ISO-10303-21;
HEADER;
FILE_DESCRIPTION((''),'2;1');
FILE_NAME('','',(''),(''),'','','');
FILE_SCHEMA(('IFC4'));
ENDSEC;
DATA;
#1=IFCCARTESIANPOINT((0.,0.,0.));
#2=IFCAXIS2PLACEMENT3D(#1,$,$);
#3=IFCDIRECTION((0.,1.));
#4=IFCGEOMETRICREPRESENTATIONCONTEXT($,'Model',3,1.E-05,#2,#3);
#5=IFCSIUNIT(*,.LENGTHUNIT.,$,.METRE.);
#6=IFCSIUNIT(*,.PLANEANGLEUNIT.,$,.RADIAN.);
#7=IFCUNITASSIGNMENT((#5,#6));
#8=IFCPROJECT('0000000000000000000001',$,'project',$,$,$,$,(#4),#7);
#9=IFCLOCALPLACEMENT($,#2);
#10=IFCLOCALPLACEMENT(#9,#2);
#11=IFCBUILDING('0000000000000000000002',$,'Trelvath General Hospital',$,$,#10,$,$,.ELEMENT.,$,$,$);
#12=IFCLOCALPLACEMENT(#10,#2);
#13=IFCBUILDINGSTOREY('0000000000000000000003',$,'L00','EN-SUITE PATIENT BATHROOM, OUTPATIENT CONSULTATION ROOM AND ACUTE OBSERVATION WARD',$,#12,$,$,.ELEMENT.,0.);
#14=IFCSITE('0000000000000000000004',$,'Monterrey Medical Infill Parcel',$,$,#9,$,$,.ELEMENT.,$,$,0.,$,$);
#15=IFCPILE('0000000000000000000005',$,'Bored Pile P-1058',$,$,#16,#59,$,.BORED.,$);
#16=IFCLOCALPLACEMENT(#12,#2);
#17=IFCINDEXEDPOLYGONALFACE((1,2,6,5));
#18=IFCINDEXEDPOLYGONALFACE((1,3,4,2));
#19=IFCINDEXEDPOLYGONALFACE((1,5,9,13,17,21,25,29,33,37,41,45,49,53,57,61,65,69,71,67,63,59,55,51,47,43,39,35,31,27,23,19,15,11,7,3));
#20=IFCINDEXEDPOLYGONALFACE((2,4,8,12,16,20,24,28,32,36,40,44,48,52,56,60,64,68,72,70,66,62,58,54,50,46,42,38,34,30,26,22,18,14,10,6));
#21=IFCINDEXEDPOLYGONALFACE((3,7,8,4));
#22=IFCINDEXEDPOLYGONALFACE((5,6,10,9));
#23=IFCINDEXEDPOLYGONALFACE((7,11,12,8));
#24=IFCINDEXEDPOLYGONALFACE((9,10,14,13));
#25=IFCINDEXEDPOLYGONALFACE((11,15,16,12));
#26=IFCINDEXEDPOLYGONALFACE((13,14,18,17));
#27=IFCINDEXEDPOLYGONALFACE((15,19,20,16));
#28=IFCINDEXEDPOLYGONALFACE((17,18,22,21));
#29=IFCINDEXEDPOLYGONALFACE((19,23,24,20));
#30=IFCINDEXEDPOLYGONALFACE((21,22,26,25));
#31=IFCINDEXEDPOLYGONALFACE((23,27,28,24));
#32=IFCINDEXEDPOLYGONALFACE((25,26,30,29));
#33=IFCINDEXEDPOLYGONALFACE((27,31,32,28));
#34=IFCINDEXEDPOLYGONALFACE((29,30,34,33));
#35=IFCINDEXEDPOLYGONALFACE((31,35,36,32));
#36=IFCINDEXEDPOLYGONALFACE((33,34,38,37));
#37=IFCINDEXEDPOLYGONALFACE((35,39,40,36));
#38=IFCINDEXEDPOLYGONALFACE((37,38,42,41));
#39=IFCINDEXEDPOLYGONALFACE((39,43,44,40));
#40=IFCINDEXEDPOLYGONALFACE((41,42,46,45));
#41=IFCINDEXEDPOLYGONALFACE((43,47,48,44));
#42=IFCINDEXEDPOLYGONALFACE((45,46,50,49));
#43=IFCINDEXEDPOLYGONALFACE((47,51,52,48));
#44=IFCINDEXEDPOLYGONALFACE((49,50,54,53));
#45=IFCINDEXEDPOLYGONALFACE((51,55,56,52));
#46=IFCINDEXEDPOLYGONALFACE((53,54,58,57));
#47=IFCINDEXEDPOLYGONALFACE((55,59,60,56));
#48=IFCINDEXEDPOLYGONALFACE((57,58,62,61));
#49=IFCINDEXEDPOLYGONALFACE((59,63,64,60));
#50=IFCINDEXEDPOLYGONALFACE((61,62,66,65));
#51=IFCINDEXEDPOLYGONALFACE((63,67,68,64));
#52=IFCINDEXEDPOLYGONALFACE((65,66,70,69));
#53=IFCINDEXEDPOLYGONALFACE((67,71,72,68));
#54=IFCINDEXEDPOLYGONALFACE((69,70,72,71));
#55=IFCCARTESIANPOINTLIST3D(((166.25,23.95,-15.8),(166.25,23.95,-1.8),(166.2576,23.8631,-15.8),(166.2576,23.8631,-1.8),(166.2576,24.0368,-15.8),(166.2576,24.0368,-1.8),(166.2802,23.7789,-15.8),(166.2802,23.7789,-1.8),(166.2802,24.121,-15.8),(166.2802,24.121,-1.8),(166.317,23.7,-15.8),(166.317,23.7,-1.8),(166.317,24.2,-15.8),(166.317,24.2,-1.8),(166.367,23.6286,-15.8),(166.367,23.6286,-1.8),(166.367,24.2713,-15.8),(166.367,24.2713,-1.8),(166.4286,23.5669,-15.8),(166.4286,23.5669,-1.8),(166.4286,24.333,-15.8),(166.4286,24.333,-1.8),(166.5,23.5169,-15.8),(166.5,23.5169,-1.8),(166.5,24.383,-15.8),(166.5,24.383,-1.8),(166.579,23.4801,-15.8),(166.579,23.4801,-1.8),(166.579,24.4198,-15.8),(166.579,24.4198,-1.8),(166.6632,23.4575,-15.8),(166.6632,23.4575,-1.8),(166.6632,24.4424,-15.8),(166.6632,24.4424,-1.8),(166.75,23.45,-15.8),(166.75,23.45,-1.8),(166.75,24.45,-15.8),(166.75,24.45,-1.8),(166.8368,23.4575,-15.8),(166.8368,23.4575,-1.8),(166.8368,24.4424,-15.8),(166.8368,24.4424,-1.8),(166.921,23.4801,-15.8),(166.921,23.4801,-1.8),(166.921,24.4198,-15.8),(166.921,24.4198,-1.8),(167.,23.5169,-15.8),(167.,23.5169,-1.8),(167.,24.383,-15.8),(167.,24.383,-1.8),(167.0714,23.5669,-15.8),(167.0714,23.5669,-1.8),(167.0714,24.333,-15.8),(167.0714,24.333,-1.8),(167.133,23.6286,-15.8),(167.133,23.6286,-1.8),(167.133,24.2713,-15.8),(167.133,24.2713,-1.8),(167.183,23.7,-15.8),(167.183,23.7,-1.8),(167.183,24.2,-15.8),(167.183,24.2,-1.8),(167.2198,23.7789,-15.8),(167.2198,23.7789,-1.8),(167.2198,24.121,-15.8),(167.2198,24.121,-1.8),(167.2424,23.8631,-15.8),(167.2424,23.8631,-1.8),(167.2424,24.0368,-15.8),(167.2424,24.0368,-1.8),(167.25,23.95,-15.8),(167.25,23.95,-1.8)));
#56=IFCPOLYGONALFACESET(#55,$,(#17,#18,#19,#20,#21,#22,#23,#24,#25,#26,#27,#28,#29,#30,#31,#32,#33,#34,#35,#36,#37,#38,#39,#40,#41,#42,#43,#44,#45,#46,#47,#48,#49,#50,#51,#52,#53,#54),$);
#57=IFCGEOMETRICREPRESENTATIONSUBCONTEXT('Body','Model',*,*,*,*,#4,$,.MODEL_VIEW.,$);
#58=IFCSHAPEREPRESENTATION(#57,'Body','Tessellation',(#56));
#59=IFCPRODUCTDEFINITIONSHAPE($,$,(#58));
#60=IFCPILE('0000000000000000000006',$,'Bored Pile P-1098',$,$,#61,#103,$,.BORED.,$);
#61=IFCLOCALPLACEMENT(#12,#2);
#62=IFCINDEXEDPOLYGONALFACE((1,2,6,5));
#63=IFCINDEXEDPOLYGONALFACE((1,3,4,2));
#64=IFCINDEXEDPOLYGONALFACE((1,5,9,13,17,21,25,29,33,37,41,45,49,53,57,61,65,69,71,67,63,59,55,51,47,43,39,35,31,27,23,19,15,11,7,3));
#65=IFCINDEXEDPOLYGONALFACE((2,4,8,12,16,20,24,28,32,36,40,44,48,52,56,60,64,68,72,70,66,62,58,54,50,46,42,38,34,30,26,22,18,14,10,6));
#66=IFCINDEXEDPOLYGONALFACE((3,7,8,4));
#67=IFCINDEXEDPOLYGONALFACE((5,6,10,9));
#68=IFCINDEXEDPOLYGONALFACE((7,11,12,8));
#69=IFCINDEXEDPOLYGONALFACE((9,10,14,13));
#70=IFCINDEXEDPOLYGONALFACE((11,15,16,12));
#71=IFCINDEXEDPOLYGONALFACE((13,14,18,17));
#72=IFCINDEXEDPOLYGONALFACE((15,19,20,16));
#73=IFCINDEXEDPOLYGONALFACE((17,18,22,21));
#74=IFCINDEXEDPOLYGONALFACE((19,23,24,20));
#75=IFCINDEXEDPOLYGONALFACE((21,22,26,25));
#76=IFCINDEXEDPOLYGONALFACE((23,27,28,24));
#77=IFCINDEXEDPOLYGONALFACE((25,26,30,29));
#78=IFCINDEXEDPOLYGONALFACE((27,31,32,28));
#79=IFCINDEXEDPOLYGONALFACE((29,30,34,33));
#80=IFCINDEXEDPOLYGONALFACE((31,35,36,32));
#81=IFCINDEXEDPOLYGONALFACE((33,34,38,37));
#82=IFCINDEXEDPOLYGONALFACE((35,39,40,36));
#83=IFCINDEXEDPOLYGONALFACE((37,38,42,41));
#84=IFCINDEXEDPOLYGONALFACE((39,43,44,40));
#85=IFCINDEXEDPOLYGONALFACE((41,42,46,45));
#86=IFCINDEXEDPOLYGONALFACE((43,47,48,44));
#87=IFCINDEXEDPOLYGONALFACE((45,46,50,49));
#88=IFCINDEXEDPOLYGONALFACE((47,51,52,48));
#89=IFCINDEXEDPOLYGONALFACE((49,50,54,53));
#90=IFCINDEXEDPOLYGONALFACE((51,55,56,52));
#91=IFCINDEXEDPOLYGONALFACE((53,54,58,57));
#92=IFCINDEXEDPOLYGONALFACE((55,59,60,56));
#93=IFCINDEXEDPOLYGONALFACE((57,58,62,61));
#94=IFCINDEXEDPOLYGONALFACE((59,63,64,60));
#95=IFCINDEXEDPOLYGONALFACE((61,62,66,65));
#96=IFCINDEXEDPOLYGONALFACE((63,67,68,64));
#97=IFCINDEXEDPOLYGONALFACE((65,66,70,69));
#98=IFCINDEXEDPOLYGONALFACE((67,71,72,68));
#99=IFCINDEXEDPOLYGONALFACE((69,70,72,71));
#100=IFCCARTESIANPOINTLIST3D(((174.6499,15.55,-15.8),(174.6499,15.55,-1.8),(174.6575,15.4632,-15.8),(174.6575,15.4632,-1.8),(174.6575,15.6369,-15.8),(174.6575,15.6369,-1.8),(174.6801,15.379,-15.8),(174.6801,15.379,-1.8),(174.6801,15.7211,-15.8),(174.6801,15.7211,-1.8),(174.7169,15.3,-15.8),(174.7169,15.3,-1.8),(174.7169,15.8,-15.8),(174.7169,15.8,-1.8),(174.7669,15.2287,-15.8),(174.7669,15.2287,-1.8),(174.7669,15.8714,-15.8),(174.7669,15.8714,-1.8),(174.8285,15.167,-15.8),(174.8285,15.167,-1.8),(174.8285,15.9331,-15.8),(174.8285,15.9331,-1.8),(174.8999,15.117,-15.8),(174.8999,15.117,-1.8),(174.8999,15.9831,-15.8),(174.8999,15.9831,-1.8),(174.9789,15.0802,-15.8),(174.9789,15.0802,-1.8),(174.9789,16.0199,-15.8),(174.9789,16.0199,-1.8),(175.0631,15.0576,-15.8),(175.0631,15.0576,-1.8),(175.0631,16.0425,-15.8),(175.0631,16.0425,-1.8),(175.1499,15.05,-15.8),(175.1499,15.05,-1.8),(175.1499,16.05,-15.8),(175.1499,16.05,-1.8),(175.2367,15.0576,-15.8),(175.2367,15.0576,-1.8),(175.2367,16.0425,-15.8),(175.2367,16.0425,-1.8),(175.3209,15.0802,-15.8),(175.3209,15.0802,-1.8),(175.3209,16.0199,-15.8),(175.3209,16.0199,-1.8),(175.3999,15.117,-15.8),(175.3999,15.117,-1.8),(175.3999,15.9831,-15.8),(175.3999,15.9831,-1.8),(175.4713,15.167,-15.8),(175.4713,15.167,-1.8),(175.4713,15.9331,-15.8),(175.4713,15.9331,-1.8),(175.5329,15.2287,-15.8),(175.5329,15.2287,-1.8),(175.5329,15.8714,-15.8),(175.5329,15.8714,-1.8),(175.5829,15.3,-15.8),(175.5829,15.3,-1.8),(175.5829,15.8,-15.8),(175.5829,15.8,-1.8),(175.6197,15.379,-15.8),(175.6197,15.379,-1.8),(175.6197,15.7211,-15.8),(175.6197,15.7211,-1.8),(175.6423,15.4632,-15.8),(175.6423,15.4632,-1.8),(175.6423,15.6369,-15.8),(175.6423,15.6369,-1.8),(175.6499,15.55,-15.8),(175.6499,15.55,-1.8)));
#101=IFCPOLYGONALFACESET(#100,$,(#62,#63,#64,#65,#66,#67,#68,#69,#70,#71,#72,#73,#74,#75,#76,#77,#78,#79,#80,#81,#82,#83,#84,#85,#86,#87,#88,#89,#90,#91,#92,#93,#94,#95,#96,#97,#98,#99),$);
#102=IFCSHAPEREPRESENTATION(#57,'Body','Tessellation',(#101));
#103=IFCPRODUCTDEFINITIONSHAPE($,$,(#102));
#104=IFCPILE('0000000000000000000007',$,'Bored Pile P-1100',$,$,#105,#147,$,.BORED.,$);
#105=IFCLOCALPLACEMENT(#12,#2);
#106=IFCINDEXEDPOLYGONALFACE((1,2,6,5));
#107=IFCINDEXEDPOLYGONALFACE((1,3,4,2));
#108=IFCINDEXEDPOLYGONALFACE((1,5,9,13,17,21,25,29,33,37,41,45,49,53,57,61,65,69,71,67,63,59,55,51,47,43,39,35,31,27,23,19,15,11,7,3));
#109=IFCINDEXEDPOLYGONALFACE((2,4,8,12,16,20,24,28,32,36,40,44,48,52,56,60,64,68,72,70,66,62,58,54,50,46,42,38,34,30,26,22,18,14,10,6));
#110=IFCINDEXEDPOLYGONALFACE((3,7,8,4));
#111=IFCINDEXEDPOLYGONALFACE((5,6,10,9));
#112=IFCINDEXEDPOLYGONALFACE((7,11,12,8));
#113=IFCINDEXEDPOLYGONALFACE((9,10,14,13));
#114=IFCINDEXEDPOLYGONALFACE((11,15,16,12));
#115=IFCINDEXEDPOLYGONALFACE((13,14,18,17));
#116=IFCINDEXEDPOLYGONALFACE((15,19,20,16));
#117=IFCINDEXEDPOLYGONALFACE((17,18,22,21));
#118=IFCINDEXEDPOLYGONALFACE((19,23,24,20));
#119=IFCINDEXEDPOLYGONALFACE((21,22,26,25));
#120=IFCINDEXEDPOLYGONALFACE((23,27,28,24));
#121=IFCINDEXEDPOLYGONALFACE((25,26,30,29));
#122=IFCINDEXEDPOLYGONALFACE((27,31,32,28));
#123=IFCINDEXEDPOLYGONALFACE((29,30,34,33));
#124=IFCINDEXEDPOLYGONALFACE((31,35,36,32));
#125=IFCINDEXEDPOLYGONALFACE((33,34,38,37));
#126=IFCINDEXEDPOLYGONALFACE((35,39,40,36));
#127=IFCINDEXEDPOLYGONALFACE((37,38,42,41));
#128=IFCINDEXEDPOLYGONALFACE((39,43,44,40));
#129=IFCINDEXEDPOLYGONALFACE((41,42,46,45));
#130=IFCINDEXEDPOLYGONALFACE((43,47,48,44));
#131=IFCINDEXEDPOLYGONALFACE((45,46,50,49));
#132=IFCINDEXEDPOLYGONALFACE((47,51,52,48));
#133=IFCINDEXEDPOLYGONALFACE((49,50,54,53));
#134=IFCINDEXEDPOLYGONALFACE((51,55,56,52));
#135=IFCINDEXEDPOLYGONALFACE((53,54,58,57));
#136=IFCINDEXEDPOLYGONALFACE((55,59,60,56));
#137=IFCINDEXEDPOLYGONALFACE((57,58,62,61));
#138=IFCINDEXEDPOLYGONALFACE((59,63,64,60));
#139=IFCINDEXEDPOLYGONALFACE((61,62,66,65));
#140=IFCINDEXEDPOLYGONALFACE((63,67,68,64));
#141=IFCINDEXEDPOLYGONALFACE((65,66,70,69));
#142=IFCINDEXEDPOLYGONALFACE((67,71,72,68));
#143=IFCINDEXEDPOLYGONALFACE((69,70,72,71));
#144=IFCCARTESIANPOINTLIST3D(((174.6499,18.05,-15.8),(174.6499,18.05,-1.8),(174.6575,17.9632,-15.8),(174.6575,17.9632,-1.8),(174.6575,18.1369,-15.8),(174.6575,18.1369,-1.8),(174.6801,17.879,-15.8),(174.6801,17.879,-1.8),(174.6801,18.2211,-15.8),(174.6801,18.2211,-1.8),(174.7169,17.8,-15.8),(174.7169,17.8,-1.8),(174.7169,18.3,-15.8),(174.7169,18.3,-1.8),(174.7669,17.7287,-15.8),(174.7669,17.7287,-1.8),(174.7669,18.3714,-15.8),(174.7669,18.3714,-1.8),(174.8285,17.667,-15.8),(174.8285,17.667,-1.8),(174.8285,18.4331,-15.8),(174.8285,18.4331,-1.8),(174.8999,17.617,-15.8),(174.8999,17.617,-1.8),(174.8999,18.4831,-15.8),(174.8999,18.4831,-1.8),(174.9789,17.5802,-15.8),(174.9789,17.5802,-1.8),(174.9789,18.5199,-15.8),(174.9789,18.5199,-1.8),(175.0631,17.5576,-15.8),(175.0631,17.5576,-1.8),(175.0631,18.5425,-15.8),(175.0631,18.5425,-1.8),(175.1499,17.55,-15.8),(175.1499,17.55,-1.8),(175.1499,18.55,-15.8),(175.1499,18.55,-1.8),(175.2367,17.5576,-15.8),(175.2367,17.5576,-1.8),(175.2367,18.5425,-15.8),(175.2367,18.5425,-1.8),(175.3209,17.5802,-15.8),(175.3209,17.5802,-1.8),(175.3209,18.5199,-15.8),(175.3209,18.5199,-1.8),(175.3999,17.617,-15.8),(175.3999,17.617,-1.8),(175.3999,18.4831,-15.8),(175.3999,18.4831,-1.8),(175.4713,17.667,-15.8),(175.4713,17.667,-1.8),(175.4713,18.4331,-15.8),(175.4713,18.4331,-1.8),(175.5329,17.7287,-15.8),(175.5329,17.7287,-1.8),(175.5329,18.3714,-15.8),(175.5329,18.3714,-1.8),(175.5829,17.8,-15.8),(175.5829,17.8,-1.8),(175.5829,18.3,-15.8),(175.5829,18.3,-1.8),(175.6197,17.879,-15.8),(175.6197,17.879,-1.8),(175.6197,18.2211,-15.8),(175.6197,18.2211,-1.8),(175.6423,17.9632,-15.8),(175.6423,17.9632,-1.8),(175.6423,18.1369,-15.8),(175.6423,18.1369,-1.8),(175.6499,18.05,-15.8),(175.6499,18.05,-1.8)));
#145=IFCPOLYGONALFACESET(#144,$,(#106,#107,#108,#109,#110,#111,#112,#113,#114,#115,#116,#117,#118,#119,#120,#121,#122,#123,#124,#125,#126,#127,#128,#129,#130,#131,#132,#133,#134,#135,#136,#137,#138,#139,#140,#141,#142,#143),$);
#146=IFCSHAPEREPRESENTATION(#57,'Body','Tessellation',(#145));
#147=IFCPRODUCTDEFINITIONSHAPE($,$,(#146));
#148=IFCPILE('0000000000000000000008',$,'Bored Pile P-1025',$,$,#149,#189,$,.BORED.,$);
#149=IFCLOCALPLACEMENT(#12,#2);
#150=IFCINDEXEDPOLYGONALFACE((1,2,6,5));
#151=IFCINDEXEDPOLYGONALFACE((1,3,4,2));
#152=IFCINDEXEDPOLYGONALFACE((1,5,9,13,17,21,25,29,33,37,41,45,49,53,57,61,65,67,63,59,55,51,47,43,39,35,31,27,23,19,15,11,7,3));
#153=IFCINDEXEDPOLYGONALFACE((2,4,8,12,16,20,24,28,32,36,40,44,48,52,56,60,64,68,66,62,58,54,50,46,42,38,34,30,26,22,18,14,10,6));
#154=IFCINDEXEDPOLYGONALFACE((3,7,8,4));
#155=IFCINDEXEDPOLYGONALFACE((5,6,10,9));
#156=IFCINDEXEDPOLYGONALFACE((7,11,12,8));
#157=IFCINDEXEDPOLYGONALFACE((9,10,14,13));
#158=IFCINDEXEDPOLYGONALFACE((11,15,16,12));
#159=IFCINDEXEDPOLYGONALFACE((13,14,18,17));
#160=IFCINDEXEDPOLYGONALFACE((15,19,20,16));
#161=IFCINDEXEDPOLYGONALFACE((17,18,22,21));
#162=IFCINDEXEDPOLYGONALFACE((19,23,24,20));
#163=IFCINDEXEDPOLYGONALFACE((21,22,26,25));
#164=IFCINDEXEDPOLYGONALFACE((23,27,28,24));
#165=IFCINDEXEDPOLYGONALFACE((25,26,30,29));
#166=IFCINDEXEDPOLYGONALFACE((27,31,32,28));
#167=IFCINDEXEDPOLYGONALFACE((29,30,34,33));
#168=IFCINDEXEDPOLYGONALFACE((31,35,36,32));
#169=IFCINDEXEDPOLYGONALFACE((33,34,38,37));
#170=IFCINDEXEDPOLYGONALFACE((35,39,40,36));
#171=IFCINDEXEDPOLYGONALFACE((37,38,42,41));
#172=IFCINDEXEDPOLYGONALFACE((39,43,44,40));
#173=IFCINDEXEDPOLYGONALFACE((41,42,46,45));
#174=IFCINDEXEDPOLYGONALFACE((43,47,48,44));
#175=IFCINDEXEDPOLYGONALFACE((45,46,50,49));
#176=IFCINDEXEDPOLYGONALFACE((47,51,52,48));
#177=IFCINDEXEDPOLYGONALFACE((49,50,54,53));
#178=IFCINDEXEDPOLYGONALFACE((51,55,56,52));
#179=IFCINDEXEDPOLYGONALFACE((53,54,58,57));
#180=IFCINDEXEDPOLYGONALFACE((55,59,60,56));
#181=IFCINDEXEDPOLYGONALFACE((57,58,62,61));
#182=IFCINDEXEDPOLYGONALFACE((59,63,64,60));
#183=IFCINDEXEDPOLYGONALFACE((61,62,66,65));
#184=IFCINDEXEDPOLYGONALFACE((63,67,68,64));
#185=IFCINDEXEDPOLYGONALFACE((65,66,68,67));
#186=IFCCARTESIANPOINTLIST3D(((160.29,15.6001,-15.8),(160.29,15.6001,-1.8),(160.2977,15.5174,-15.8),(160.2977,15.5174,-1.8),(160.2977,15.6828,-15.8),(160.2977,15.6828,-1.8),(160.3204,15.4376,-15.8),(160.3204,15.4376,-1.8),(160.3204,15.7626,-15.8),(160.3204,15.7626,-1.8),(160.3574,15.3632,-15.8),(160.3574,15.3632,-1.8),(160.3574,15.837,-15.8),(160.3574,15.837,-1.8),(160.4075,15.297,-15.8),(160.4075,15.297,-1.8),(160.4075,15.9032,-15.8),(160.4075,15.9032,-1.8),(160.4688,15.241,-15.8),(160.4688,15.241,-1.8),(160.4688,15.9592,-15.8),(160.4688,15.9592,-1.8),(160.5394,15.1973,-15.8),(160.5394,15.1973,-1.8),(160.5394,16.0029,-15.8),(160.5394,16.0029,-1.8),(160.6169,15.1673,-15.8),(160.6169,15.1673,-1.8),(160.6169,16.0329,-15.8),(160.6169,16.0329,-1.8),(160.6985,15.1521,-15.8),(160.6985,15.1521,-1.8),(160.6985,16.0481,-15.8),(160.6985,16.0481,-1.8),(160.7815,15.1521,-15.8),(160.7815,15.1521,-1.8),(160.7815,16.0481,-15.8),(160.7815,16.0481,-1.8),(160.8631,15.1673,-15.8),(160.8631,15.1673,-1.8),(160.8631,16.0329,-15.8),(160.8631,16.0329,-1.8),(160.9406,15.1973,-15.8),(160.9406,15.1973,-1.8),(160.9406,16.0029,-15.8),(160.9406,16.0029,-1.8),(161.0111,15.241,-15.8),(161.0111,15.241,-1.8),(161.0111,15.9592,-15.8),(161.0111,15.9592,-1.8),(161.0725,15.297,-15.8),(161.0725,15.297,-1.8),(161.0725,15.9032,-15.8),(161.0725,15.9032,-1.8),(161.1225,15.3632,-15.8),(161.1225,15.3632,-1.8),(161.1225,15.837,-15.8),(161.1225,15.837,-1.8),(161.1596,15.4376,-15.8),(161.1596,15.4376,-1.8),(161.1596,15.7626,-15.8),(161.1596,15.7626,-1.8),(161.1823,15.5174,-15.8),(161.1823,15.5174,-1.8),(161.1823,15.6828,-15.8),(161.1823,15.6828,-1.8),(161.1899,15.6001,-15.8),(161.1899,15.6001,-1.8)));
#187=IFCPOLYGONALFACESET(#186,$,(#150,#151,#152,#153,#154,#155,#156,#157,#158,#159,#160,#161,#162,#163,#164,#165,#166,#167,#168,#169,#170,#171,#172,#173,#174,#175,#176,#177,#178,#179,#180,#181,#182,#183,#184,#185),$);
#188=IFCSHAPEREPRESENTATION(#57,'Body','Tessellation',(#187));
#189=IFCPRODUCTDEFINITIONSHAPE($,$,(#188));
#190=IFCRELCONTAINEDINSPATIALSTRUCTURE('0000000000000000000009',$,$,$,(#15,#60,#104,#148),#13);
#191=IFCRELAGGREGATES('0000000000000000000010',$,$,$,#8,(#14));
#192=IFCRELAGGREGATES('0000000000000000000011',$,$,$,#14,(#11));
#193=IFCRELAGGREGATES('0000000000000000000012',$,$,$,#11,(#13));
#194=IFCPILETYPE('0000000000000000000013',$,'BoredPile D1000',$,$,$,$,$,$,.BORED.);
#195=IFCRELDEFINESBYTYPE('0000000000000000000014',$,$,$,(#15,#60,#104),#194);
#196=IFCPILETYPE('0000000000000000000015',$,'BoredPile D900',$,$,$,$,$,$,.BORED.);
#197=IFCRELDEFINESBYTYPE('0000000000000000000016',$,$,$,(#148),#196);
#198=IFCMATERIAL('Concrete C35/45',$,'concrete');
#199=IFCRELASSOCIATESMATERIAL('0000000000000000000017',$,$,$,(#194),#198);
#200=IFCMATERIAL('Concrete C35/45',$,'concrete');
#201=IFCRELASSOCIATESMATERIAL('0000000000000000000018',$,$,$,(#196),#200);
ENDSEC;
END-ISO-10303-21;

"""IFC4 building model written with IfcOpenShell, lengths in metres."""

from ifc_helpers import new_model, si_unit, direction, frame, origin, origin_2d, place, context, subcontext, project, spatial, circle, extrude, material, material_profile, profile_set, type_object, element, save


model = new_model("IFC4")

# Units and contexts
model_context = context("Model", 3, precision=1e-05, world=origin(), true_north=direction((0.0, 1.0)))
body_context = subcontext(model_context, "Body", "Model", "MODEL_VIEW")
ifc_project = project(units=[si_unit("LENGTHUNIT", "METRE"), si_unit("PLANEANGLEUNIT", "RADIAN")], contexts=[model_context])

# Site, building, storey
site_placement = place(None, origin())
site = spatial("IfcSite", under=ifc_project, at=site_placement, Name="Monterrey Medical Infill Parcel", CompositionType="ELEMENT", RefElevation=0.0)
building_placement = place(site_placement, origin())
building = spatial("IfcBuilding", under=site, at=building_placement, Name="Trelvath General Hospital", CompositionType="ELEMENT")
storey_placement = place(building_placement, origin())
storey = spatial("IfcBuildingStorey", under=building, at=storey_placement, Name="L00", Description="EN-SUITE PATIENT BATHROOM, OUTPATIENT CONSULTATION ROOM AND ACUTE OBSERVATION WARD", CompositionType="ELEMENT", Elevation=0.0)

# Piles
ifc_material_1 = material(Name="Concrete C35/45", Category="concrete")
ifc_material_profile_1 = material_profile(ifc_material_1, circle(Radius=0.5, at=origin_2d()), Name="PILE1000")
ifc_profile_set_1 = profile_set([ifc_material_profile_1], Name="Concrete C35/45")
pile_type_1 = type_object("IfcPileType", Name="BoredPile D1000", PredefinedType="BORED", material=ifc_profile_set_1)
for number, where, z_axis, x_axis, name in (
    (1, (166.75, 23.95, -1.8), (0.0, 0.0, -1.0), (1.0, 0.0, 0.0), "Bored Pile P-1058"),
    (2, (175.1499, 15.55, -1.8), (0.0, 0.0, -1.0), (1.0, 0.0, 0.0), "Bored Pile P-1098"),
    (3, (175.1499, 18.05, -1.8), (0.0, 0.0, -1.0), (1.0, 0.0, 0.0), "Bored Pile P-1100"),
):
    element("IfcPile", number, at=place(storey_placement, frame(where, z_axis=z_axis, x_axis=x_axis)), inside=storey, type_object=pile_type_1, Name=name, PredefinedType="BORED", context=body_context, shape_type="SweptSolid", body=[
        extrude(circle(Radius=0.5, at=origin_2d()), origin(), (0.0, 0.0, 1.0), 14.0),
    ])
ifc_material_2 = material(Name="Concrete C35/45", Category="concrete")
ifc_material_profile_2 = material_profile(ifc_material_2, circle(Radius=0.45, at=origin_2d()), Name="PILE900")
ifc_profile_set_2 = profile_set([ifc_material_profile_2], Name="Concrete C35/45")
pile_type_2 = type_object("IfcPileType", Name="BoredPile D900", PredefinedType="BORED", material=ifc_profile_set_2)
for number, where, z_axis, x_axis, name in (
    (4, (160.74, 15.6001, -1.8), (0.0, 0.0, -1.0), (1.0, 0.0, 0.0), "Bored Pile P-1025"),
):
    element("IfcPile", number, at=place(storey_placement, frame(where, z_axis=z_axis, x_axis=x_axis)), inside=storey, type_object=pile_type_2, Name=name, PredefinedType="BORED", context=body_context, shape_type="SweptSolid", body=[
        extrude(circle(Radius=0.45, at=origin_2d()), origin(), (0.0, 0.0, 1.0), 14.0),
    ])

save(model, "model.ifc")
